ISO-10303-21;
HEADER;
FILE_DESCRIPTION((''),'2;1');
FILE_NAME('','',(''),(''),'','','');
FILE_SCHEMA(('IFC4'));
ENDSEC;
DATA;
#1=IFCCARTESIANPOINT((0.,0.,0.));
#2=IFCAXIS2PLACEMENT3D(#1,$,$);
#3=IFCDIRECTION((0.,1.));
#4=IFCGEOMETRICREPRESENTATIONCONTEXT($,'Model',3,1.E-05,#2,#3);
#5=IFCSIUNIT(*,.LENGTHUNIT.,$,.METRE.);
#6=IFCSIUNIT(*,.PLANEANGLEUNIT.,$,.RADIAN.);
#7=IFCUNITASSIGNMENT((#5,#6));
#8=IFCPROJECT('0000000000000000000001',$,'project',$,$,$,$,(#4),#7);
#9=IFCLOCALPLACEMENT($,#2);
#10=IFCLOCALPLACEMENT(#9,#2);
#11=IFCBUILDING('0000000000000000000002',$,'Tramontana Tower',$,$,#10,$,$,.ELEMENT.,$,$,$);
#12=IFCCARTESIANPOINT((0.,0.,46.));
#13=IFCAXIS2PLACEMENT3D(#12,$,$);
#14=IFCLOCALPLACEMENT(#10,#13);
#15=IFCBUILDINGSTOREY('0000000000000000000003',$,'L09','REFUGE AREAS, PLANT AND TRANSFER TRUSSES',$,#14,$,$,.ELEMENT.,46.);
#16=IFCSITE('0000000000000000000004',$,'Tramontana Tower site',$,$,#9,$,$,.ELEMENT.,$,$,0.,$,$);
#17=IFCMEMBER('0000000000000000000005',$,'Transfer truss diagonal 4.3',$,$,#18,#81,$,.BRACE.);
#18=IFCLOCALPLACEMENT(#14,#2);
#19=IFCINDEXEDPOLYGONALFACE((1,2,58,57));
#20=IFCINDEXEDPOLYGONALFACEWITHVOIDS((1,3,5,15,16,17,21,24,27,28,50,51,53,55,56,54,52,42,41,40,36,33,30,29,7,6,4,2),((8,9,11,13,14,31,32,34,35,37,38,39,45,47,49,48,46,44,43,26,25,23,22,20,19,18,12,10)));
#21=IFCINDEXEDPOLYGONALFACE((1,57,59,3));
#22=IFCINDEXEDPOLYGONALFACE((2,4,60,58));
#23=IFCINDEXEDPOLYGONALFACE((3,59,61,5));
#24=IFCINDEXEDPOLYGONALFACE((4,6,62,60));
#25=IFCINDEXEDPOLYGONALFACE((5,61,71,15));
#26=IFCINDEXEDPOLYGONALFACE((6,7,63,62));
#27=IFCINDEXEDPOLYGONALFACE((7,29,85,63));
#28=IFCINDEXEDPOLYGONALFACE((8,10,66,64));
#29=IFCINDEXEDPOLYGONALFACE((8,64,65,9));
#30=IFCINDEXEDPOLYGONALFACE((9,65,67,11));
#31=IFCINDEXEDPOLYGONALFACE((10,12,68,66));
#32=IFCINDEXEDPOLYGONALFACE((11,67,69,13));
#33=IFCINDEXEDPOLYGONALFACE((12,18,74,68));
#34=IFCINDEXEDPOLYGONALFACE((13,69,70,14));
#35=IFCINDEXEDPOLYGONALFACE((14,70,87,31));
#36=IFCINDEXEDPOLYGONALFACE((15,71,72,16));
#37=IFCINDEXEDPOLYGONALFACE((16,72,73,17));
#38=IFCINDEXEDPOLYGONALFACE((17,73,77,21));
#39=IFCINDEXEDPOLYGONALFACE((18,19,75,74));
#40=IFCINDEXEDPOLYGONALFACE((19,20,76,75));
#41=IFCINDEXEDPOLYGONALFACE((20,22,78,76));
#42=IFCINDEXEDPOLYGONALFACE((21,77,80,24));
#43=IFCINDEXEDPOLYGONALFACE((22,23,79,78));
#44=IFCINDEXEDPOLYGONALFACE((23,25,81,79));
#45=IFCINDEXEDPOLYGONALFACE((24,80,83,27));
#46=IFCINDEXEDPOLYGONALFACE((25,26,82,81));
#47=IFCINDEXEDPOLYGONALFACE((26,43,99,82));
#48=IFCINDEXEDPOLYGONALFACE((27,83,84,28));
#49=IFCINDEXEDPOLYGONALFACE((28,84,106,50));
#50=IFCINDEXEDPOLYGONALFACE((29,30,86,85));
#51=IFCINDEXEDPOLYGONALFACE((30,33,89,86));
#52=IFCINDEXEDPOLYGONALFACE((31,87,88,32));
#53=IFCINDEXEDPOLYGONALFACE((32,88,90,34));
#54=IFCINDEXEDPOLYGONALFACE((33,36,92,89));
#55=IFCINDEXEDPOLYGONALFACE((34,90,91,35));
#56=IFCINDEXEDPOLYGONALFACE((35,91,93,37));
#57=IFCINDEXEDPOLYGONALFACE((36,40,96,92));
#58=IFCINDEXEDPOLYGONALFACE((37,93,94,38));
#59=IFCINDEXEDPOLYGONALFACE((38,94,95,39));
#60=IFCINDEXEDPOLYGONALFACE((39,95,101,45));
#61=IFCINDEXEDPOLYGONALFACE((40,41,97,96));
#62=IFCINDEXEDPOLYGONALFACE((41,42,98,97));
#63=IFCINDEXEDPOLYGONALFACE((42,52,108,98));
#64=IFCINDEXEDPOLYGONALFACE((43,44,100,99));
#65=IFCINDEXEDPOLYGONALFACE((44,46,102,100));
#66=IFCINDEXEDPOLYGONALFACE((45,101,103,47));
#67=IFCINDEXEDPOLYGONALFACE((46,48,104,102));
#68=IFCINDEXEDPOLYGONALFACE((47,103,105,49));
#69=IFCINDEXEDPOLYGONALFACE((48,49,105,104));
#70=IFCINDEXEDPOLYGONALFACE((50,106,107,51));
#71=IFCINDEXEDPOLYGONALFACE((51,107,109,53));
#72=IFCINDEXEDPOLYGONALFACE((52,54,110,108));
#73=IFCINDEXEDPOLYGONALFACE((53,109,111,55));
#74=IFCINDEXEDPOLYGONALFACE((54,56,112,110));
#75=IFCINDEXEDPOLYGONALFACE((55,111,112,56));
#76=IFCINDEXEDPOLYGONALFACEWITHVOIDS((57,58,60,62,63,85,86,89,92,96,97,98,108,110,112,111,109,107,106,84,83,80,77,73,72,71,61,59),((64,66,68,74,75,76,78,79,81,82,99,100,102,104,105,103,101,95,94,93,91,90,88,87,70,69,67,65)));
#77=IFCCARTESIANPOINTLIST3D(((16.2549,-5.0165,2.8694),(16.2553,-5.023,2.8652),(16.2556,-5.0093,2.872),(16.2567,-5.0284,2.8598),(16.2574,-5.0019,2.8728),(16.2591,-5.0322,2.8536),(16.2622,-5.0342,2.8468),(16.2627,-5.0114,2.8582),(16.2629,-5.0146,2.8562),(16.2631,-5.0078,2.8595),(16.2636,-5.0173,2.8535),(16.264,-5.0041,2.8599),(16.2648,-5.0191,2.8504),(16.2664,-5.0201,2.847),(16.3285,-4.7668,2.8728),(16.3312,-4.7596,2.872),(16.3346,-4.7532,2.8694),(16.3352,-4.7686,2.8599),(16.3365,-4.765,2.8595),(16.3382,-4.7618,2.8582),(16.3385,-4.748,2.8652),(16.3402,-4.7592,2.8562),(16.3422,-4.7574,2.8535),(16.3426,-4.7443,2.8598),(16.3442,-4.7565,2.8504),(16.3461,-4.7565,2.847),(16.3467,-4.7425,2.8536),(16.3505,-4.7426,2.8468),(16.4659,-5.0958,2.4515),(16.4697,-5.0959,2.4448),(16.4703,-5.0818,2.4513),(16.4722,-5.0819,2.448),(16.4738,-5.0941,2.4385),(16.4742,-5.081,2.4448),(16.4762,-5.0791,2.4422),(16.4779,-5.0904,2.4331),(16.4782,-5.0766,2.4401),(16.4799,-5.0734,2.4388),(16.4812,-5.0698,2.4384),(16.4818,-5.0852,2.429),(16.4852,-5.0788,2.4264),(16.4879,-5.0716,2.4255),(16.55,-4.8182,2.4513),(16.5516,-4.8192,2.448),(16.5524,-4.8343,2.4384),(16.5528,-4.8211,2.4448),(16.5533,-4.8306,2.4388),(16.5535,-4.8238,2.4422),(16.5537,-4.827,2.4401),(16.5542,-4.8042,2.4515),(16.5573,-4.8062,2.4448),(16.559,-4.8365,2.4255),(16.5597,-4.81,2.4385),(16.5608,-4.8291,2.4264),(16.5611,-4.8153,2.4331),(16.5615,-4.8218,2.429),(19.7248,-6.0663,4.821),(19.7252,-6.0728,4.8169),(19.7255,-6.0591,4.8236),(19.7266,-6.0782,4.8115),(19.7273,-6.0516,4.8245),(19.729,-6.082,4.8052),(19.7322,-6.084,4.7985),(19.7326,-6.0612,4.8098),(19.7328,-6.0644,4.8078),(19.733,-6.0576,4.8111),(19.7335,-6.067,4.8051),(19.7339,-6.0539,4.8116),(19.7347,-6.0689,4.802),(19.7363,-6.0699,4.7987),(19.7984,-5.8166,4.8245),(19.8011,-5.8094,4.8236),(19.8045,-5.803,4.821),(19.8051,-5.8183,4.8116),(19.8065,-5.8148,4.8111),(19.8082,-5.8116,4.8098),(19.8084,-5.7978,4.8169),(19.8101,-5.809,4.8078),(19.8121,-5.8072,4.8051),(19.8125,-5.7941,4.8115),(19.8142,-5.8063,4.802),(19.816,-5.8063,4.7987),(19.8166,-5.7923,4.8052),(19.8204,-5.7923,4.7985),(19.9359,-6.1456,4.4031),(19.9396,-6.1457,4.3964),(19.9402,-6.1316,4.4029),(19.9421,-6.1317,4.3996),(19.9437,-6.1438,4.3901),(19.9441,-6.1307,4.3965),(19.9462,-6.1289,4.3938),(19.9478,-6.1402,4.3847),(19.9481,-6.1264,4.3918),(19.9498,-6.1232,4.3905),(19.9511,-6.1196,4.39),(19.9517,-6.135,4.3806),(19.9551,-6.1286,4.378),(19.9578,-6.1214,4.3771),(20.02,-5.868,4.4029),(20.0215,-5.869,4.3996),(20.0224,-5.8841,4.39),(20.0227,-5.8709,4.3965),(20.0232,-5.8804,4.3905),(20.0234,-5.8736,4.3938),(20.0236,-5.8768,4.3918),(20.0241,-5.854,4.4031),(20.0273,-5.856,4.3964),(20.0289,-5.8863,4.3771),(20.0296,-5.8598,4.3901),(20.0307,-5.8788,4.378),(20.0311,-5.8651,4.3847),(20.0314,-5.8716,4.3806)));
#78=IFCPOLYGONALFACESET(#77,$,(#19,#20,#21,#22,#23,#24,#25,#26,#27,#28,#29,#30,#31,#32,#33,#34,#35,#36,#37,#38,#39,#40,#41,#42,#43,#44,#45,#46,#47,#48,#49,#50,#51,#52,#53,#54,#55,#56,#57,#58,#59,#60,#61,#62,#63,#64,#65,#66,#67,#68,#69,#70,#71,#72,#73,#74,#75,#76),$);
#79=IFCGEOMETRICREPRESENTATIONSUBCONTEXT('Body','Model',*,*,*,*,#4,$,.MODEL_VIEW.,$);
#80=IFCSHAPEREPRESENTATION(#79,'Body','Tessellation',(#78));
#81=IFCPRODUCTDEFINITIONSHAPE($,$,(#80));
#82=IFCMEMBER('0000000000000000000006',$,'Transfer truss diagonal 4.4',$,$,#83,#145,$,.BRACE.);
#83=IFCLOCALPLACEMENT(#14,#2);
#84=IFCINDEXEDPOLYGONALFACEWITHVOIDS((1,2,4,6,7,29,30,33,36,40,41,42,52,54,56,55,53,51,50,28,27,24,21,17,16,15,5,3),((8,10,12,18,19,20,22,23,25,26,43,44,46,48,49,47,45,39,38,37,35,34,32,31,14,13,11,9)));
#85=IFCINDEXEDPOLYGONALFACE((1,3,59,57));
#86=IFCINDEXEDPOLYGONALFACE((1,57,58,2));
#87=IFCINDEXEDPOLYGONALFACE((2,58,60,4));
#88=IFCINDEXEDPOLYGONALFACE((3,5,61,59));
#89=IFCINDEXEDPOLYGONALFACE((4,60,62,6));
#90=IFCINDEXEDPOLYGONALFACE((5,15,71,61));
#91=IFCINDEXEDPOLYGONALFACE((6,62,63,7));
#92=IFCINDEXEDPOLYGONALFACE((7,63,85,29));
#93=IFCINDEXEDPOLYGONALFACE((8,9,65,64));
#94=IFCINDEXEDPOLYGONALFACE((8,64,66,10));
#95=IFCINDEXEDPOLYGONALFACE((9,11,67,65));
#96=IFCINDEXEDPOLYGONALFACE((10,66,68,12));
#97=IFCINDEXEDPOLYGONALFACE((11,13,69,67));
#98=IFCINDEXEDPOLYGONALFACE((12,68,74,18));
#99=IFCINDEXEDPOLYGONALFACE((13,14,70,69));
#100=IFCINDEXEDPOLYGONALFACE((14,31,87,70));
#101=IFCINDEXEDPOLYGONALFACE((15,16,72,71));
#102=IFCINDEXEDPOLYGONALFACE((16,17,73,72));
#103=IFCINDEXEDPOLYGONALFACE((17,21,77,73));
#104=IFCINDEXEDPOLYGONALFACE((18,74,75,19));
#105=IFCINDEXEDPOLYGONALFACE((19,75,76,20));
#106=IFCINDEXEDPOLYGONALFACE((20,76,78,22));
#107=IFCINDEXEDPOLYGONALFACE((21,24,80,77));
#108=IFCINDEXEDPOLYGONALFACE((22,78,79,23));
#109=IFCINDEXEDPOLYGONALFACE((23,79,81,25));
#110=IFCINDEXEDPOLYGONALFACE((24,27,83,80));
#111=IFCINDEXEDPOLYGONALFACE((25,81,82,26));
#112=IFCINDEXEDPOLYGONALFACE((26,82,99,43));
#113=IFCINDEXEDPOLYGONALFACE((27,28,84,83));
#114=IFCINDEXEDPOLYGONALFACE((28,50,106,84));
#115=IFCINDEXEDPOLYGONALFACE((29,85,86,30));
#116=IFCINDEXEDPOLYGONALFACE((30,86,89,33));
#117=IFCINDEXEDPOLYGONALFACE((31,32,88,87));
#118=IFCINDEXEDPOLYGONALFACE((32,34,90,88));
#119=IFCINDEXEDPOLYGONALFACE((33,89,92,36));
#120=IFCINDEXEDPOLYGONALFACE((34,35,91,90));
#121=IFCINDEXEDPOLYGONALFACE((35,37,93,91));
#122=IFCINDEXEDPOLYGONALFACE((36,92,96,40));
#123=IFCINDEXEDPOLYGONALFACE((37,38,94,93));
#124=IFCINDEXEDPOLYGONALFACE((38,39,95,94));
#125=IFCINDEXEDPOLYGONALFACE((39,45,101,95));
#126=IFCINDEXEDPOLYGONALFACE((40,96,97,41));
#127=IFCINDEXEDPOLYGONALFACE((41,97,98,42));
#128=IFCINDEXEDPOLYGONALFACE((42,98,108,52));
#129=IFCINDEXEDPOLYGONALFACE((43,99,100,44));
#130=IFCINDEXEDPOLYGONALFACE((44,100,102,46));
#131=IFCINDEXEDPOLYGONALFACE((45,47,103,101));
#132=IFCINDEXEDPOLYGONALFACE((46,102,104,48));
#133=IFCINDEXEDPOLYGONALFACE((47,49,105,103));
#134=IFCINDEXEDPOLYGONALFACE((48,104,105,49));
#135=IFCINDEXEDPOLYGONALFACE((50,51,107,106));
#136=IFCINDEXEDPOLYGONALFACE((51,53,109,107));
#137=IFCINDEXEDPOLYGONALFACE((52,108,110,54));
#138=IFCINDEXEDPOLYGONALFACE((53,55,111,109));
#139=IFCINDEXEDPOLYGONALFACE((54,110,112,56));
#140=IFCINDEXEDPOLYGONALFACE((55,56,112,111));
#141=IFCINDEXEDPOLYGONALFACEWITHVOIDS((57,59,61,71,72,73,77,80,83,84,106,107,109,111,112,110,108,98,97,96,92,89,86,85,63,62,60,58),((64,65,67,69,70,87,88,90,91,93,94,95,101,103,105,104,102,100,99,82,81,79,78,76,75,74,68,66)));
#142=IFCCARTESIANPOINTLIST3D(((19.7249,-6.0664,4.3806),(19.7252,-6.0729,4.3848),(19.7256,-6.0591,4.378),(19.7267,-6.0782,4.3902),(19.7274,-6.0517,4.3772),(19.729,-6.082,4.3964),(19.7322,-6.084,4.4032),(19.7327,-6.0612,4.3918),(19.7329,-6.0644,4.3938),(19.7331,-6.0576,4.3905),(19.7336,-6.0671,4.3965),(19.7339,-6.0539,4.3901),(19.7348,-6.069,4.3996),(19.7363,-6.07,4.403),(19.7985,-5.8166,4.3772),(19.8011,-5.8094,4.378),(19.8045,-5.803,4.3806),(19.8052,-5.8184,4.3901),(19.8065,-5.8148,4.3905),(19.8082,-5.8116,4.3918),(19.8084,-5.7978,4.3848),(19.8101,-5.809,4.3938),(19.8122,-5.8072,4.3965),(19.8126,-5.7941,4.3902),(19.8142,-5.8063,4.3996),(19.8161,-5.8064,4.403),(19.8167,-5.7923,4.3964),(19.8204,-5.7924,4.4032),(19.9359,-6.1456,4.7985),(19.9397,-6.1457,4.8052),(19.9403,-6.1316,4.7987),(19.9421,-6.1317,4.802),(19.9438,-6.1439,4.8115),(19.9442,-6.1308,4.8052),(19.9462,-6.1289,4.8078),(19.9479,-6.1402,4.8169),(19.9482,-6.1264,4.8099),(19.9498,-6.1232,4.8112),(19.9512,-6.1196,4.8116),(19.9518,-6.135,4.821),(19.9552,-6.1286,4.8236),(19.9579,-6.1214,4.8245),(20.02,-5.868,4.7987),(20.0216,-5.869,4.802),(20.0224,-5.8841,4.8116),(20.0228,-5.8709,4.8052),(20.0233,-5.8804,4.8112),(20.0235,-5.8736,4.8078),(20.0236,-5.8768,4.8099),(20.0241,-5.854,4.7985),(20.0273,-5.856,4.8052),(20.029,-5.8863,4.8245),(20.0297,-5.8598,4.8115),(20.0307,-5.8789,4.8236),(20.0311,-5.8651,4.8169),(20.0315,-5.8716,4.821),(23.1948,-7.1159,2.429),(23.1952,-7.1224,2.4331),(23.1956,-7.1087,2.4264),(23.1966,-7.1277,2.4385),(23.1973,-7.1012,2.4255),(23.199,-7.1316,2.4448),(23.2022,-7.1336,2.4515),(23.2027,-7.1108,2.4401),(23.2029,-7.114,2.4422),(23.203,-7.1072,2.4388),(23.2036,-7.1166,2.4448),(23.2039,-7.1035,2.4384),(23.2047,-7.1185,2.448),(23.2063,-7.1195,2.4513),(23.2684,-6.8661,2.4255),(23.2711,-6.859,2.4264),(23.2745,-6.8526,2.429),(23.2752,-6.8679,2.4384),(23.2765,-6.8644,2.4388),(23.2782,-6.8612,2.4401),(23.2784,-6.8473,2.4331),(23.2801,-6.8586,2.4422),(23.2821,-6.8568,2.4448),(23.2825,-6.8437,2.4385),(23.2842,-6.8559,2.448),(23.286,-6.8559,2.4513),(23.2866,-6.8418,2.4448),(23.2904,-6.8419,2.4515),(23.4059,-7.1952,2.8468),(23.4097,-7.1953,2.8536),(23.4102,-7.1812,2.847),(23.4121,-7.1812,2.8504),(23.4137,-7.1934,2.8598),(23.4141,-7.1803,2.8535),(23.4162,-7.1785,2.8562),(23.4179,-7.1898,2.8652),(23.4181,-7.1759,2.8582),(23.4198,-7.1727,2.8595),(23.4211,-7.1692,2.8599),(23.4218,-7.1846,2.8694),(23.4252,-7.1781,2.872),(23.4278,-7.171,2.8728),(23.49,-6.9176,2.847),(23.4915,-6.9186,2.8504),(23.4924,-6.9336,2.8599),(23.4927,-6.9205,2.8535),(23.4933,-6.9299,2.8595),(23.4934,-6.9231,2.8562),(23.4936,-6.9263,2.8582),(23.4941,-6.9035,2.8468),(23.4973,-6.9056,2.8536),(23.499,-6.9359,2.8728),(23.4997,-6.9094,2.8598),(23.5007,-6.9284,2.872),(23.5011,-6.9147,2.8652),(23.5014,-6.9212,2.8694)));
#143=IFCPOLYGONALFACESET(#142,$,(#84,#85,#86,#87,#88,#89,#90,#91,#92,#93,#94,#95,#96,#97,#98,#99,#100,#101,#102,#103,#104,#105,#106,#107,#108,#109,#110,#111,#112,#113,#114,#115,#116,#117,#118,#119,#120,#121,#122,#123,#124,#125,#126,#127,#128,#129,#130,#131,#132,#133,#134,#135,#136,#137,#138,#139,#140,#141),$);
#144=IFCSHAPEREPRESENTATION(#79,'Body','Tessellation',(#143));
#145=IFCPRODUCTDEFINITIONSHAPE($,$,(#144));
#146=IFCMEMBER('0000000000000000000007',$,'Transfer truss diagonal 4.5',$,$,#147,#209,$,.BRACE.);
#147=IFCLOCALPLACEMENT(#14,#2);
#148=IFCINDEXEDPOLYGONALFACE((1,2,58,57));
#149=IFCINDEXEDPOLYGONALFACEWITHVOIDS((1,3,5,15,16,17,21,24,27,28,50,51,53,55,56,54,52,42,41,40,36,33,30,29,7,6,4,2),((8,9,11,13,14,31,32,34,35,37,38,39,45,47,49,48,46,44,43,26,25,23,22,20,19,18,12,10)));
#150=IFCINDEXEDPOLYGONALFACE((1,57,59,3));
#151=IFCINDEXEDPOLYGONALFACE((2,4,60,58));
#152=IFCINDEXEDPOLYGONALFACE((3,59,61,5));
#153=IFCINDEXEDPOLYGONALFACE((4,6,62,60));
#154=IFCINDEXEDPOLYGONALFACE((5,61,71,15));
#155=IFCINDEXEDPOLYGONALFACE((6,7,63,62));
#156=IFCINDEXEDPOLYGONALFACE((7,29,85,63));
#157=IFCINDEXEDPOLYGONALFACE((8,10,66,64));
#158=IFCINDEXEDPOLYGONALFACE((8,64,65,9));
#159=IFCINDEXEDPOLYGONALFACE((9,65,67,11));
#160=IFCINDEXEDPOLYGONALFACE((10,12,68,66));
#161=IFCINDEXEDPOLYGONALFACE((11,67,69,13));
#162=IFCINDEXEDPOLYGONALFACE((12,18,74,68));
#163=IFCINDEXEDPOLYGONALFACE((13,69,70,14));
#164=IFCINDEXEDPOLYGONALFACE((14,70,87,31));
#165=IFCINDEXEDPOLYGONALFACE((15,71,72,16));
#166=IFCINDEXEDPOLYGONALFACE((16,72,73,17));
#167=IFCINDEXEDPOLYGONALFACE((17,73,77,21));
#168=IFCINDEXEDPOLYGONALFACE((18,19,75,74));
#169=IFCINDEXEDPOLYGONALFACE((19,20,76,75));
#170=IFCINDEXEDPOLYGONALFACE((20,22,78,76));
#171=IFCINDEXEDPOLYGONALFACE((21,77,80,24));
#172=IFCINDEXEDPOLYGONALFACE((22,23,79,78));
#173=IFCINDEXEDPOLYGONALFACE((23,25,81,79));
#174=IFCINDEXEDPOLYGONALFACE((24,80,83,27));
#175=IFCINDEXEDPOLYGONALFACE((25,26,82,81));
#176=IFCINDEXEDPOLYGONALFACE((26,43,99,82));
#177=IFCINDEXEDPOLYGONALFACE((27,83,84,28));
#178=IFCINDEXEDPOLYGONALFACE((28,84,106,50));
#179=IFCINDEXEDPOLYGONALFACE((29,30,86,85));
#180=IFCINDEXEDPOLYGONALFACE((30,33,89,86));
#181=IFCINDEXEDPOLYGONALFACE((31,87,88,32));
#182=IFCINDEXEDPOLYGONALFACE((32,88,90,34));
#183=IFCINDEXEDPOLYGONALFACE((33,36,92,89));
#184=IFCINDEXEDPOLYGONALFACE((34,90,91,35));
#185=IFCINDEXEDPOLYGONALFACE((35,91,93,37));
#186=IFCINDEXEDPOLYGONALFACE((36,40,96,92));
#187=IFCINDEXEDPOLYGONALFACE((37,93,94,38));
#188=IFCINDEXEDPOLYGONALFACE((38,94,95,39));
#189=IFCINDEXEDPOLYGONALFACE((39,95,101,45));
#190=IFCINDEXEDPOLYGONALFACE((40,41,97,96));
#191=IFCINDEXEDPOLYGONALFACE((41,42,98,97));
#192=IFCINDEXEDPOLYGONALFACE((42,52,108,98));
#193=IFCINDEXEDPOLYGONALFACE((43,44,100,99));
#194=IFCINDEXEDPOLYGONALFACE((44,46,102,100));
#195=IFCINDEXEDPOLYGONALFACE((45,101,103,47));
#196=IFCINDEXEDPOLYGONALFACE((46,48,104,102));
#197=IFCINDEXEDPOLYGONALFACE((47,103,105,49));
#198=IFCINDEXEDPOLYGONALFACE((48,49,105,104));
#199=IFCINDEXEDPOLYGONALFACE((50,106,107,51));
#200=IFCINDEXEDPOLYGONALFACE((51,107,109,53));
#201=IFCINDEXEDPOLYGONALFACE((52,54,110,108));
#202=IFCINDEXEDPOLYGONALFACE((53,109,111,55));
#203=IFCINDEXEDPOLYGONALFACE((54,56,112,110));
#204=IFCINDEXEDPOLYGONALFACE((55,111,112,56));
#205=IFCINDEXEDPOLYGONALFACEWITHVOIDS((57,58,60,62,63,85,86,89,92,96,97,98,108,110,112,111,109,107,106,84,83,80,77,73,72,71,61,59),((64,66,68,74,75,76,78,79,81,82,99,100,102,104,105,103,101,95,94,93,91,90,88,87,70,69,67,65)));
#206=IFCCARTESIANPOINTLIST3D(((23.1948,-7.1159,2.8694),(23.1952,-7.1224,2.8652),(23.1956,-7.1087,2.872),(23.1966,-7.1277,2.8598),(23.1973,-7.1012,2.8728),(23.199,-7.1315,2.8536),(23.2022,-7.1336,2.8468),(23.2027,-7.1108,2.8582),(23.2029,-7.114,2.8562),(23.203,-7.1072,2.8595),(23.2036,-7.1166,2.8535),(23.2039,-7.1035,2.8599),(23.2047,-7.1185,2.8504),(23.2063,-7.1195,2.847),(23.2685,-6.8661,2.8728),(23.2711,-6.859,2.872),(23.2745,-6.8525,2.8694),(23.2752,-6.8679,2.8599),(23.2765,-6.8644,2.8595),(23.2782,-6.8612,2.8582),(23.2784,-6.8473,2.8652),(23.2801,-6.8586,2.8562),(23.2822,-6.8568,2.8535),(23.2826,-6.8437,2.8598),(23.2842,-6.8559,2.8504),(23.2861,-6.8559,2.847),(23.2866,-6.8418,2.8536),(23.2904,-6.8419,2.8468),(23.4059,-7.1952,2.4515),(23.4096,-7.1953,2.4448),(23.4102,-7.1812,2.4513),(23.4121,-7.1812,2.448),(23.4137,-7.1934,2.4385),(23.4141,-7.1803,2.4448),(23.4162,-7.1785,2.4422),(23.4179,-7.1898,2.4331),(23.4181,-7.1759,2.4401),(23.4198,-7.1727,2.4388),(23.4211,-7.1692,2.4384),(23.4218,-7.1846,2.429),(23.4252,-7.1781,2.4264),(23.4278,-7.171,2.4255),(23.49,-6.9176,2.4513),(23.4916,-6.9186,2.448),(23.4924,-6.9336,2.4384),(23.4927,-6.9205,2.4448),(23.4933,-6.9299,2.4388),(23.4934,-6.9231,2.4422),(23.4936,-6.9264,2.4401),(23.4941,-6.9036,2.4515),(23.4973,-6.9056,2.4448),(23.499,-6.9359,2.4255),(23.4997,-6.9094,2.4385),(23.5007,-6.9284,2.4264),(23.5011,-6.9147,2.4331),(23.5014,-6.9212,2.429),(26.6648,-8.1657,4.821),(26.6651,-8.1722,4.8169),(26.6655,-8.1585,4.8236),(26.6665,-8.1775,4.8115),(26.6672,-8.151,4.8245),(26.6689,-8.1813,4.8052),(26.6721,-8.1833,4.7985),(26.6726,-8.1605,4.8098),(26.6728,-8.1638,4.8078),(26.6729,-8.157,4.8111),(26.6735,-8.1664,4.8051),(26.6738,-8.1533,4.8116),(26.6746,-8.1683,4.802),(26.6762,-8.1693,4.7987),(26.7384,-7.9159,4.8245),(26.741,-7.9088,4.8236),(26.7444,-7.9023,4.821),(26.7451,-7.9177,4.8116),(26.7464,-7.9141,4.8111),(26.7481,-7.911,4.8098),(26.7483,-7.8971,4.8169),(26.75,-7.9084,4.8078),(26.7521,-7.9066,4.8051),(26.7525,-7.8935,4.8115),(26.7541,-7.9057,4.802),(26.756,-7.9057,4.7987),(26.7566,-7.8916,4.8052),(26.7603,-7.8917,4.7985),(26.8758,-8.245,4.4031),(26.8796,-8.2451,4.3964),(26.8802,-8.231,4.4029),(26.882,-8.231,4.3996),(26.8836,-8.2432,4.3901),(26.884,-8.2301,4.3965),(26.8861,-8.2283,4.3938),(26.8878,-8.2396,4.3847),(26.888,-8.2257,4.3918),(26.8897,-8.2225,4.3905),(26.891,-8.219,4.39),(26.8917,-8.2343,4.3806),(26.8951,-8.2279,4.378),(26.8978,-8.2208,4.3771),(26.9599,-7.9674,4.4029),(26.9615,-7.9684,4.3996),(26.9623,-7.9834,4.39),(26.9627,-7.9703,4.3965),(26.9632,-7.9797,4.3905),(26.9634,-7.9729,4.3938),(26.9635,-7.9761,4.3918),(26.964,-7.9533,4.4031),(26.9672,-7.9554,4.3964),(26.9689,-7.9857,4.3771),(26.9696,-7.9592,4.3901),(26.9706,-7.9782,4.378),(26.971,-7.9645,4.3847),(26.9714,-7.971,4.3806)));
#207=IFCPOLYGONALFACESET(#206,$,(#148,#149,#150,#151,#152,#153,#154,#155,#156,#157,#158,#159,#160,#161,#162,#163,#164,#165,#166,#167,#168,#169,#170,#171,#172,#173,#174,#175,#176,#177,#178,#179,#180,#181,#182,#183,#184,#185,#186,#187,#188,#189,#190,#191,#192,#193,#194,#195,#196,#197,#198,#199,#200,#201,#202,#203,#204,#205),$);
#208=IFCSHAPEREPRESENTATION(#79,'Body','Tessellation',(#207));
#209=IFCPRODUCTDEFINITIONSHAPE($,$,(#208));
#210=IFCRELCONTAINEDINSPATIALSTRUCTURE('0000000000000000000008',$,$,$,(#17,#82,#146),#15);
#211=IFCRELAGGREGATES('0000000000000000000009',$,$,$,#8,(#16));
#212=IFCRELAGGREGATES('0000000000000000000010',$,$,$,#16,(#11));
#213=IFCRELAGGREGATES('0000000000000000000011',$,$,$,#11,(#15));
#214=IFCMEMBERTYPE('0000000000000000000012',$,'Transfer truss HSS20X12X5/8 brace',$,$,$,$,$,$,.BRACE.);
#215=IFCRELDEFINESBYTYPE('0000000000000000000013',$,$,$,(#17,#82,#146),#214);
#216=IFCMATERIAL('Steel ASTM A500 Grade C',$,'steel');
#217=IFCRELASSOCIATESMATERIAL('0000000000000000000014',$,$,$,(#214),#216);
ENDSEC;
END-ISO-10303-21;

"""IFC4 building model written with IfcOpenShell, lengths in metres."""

from ifc_helpers import new_model, si_unit, direction, frame, origin, origin_2d, place, context, subcontext, project, spatial, hollow_rectangle, extrude, material, material_profile, profile_set, type_object, element, save


model = new_model("IFC4")

# Units and contexts
model_context = context("Model", 3, precision=1e-05, world=origin(), true_north=direction((0.0, 1.0)))
body_context = subcontext(model_context, "Body", "Model", "MODEL_VIEW")
ifc_project = project(units=[si_unit("LENGTHUNIT", "METRE"), si_unit("PLANEANGLEUNIT", "RADIAN")], contexts=[model_context])

# Site, building, storey
site_placement = place(None, origin())
site = spatial("IfcSite", under=ifc_project, at=site_placement, Name="Tramontana Tower site", CompositionType="ELEMENT", RefElevation=0.0)
building_placement = place(site_placement, origin())
building = spatial("IfcBuilding", under=site, at=building_placement, Name="Tramontana Tower", CompositionType="ELEMENT")
storey_placement = place(building_placement, frame((0.0, 0.0, 46.0)))
storey = spatial("IfcBuildingStorey", under=building, at=storey_placement, Name="L09", Description="REFUGE AREAS, PLANT AND TRANSFER TRUSSES", CompositionType="ELEMENT", Elevation=46.0)

# Members
ifc_material_1 = material(Name="Steel ASTM A500 Grade C", Category="steel")
ifc_material_profile_1 = material_profile(ifc_material_1, hollow_rectangle(XDim=0.3047, YDim=0.5081, WallThickness=0.0146, InnerFilletRadius=0.0146, OuterFilletRadius=0.0295, at=origin_2d()), Name="HSS20X12X5/8")
ifc_profile_set_1 = profile_set([ifc_material_profile_1], Name="Steel ASTM A500 Grade C")
member_type_1 = type_object("IfcMemberType", Name="Transfer truss HSS20X12X5/8 brace", PredefinedType="BRACE", material=ifc_profile_set_1)
for number, where, z_axis, x_axis, name in (
    (1, (16.4082, -4.9192, 2.6492), (0.842788, -0.254977, 0.47402), (0.289577, 0.957155, 0.0), "Transfer truss diagonal 4.3"),
    (2, (19.8782, -5.969, 4.6008), (0.842801, -0.254922, -0.474027), (0.289516, 0.957173, 0.0), "Transfer truss diagonal 4.4"),
    (3, (23.3481, -7.0186, 2.6492), (0.842788, -0.254977, 0.47402), (0.289577, 0.957155, 0.0), "Transfer truss diagonal 4.5"),
):
    element("IfcMember", number, at=place(storey_placement, frame(where, z_axis=z_axis, x_axis=x_axis)), inside=storey, type_object=member_type_1, Name=name, PredefinedType="BRACE", context=body_context, shape_type="SweptSolid", body=[
        extrude(hollow_rectangle(XDim=0.3047, YDim=0.5081, WallThickness=0.0146, InnerFilletRadius=0.0146, OuterFilletRadius=0.0295, at=origin_2d()), origin(), (0.0, 0.0, 1.0), 4.1172),
    ])

save(model, "model.ifc")
